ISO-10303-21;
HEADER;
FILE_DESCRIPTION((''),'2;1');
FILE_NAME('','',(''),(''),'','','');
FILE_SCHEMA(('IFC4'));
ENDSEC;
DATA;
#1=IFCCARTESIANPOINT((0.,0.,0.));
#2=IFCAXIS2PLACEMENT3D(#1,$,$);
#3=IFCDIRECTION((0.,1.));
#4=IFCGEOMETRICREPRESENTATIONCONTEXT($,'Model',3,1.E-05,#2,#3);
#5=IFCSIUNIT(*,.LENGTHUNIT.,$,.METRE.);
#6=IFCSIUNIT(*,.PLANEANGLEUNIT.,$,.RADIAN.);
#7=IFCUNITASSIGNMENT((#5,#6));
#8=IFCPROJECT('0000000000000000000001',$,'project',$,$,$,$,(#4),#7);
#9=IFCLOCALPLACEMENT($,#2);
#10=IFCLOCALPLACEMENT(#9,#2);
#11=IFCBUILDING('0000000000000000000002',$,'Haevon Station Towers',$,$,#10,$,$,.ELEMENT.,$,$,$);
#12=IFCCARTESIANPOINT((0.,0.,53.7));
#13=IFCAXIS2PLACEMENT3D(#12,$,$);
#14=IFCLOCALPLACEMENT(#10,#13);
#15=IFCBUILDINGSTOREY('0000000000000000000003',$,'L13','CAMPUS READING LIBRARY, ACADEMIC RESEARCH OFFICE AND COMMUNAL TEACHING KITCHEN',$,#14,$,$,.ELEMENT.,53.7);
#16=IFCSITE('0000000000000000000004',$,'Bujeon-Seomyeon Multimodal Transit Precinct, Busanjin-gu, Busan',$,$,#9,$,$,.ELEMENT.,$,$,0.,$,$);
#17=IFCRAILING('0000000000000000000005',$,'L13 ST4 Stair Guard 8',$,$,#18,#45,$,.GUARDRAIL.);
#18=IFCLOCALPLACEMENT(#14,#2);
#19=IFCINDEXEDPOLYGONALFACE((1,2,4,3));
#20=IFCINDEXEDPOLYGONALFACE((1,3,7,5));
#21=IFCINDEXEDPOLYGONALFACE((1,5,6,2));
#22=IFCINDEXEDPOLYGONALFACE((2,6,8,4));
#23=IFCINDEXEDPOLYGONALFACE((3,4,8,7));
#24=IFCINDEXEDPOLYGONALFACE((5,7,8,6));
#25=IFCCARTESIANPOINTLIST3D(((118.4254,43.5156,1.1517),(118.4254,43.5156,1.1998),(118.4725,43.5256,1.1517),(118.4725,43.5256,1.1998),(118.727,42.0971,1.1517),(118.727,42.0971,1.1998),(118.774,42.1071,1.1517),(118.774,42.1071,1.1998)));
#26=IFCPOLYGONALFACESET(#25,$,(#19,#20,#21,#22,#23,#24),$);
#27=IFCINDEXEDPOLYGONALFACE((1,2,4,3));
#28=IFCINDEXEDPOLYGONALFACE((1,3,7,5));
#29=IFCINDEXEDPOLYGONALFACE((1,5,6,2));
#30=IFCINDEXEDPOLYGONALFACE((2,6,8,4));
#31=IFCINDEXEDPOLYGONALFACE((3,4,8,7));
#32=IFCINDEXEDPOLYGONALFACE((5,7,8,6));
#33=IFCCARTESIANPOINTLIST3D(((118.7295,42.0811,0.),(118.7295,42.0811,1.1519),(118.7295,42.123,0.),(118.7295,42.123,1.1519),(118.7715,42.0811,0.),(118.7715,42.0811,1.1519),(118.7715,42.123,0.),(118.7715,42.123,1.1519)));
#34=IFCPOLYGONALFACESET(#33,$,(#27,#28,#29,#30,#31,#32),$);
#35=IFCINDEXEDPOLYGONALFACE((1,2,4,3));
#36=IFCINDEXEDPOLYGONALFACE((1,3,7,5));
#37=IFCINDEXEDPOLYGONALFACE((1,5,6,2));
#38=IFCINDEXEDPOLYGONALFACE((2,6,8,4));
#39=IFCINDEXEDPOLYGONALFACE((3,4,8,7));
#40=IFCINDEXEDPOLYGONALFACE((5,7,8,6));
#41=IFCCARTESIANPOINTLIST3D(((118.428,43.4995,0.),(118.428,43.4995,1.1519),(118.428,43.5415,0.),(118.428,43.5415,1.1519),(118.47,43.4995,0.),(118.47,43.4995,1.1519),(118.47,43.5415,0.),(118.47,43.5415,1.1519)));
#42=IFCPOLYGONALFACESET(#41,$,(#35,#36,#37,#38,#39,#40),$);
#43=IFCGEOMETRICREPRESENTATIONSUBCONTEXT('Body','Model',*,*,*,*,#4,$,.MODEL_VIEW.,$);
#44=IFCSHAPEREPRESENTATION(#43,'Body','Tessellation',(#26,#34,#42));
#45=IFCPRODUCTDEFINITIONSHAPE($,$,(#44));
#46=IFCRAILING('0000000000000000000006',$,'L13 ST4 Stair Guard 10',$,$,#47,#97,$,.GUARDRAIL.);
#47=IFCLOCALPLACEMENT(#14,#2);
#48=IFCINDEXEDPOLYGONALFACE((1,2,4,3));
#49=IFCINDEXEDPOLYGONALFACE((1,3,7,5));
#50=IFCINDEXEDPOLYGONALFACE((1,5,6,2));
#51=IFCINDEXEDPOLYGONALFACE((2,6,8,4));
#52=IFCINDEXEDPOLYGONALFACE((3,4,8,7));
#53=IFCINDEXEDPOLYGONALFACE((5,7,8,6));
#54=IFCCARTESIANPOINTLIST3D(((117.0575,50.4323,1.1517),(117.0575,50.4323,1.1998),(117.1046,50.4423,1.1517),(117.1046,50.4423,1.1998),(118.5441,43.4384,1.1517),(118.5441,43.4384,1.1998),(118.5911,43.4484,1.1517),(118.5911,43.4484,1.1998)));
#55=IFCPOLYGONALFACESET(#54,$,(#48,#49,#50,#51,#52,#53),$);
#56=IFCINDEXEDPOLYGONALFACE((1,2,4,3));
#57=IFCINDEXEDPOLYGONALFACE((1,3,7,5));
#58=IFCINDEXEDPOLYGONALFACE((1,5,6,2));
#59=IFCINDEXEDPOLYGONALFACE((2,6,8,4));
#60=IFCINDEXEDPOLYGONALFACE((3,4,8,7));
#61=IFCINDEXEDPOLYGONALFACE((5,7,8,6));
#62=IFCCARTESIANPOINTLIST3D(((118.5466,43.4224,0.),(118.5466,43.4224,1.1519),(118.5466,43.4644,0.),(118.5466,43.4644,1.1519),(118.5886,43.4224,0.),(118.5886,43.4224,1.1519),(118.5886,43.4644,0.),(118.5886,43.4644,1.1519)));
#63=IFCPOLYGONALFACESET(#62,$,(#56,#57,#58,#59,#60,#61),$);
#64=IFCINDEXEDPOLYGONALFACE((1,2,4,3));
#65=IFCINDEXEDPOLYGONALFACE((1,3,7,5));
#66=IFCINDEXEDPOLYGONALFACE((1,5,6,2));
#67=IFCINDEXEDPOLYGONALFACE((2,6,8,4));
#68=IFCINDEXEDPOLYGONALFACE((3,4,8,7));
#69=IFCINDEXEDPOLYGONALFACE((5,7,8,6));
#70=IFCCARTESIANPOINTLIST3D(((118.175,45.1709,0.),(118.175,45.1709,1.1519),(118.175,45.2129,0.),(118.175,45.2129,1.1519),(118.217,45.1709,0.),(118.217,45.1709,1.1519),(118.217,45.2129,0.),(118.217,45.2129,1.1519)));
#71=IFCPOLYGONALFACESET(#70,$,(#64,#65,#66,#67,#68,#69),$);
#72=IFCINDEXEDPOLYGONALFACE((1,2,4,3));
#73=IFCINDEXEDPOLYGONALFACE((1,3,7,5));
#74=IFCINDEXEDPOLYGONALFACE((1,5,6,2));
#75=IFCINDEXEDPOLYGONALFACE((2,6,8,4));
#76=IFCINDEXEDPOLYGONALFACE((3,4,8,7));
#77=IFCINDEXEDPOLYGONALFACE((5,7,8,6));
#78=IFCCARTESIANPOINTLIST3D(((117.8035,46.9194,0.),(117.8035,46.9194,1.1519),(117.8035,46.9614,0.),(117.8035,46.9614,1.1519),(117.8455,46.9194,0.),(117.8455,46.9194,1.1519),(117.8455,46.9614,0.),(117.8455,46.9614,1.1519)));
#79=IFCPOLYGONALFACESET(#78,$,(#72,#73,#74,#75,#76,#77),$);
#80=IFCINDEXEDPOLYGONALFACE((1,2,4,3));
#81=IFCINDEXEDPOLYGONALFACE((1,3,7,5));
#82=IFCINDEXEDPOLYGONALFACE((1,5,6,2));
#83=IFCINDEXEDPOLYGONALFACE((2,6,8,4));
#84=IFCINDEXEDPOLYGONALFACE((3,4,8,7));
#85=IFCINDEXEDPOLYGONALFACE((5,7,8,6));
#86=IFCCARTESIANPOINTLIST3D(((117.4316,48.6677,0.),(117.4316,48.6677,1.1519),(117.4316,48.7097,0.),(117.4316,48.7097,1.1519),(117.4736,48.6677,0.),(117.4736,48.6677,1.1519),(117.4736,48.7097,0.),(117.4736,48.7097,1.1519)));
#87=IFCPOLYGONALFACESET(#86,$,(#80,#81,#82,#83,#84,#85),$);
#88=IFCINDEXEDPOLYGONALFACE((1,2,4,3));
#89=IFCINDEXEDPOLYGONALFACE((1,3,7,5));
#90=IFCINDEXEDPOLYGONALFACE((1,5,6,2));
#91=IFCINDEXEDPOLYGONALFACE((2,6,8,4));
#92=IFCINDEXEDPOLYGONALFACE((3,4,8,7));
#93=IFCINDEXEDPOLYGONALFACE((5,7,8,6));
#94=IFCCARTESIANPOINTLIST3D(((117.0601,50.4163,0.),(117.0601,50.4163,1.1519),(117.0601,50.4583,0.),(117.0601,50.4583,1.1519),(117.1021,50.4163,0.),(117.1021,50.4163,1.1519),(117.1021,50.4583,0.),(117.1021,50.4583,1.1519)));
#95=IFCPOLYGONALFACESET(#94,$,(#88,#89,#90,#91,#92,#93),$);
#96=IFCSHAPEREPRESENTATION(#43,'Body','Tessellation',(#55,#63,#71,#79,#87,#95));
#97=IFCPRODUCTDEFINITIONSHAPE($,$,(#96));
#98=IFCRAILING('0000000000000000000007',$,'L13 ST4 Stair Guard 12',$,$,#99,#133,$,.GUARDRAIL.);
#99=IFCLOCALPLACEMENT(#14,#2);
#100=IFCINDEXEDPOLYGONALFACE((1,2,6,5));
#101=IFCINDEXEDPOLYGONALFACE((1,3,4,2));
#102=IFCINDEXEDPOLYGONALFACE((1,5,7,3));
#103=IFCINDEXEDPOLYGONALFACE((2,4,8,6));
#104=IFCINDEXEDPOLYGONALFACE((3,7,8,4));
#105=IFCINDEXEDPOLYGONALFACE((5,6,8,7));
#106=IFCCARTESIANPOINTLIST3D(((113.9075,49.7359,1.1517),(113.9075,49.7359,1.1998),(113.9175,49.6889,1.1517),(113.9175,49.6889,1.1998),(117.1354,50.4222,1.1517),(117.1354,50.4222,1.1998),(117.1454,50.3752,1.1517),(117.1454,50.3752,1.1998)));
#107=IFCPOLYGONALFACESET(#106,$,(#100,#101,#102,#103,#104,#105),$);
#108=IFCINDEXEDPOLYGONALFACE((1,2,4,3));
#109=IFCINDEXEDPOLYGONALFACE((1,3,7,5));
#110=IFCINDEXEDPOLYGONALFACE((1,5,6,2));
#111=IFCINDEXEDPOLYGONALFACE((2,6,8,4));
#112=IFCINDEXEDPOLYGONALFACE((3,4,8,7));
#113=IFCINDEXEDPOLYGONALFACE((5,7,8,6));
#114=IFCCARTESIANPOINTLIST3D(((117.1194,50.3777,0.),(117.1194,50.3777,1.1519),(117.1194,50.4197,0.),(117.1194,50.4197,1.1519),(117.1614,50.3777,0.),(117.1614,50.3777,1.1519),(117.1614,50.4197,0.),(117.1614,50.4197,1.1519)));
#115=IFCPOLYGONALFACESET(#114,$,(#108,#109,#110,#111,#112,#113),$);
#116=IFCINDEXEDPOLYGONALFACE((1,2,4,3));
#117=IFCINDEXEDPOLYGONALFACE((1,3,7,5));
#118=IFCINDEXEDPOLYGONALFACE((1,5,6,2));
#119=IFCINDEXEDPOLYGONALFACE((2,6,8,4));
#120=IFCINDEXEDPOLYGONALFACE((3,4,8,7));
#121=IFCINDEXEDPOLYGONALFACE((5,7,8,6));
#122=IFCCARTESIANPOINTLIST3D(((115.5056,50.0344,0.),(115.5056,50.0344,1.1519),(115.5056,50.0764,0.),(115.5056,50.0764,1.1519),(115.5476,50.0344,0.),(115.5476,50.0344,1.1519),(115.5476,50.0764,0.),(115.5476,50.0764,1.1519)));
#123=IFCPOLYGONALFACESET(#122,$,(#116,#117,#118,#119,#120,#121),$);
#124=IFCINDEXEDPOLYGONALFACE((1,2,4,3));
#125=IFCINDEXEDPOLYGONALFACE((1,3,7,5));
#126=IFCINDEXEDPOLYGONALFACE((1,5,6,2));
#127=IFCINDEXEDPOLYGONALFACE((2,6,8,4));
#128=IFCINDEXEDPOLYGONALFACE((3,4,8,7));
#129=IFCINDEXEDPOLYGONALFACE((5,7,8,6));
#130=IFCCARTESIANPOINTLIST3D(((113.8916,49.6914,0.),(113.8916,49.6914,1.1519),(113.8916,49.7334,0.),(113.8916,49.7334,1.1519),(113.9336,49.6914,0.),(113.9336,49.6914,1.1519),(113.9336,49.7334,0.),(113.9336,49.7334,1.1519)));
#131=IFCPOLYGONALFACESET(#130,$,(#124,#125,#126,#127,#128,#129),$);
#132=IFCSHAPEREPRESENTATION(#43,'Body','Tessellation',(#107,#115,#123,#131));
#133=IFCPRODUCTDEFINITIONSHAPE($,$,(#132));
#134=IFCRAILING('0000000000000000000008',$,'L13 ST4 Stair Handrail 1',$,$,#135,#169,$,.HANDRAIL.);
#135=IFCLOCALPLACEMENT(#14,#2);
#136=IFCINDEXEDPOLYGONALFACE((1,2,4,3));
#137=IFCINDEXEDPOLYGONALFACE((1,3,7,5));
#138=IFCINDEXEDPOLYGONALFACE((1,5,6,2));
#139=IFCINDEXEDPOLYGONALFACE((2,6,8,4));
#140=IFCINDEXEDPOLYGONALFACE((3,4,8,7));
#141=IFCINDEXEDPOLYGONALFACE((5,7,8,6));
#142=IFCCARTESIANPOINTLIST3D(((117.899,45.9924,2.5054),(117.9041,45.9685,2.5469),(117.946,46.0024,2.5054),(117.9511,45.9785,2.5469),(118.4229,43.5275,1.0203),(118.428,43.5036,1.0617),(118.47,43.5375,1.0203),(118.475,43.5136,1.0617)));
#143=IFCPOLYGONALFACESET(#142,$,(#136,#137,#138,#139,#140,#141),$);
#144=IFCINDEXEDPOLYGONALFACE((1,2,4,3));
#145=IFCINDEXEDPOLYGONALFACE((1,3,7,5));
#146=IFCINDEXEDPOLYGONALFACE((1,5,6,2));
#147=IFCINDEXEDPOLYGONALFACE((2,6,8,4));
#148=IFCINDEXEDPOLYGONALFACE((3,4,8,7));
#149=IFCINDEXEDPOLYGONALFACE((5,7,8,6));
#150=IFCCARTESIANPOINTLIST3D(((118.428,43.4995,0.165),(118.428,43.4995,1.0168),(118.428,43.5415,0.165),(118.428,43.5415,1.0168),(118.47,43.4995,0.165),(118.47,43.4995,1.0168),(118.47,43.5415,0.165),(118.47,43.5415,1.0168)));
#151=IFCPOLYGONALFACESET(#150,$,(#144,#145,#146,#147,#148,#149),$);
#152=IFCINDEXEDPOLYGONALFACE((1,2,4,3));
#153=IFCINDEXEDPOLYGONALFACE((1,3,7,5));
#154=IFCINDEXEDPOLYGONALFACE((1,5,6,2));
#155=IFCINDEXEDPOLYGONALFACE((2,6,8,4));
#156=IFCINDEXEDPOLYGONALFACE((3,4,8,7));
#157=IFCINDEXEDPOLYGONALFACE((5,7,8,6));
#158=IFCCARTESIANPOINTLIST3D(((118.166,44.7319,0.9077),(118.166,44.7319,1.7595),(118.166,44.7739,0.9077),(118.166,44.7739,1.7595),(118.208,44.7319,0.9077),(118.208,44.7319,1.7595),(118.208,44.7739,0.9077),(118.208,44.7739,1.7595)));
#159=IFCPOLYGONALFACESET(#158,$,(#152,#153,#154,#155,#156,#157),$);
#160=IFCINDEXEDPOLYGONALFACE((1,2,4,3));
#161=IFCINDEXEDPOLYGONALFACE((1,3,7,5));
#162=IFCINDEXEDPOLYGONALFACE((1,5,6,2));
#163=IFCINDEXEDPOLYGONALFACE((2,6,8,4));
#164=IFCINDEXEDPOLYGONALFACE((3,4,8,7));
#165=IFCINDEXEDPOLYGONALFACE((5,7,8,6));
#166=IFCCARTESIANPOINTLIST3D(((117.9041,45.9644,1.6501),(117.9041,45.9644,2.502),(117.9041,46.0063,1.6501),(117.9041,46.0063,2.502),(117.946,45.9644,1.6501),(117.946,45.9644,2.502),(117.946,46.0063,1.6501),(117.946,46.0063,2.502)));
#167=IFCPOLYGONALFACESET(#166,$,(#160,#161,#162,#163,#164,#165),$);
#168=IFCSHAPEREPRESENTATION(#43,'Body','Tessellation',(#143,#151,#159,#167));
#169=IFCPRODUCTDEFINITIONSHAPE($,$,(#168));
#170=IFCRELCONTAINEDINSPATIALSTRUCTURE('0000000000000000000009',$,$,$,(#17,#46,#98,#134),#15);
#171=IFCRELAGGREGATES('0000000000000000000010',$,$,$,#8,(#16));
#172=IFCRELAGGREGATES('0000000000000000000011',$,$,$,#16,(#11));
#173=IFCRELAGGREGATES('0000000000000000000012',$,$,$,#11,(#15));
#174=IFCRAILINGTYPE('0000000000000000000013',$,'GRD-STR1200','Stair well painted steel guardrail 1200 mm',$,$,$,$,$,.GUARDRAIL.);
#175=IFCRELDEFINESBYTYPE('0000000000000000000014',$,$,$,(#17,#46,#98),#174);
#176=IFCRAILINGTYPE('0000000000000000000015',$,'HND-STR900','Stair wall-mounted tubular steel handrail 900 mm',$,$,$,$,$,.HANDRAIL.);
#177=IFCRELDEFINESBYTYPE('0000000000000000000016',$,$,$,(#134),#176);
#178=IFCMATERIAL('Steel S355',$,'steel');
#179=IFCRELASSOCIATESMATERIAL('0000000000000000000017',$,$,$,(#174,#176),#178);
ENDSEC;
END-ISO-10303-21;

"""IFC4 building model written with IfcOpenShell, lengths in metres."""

from ifc_helpers import new_model, si_unit, direction, frame, origin, origin_2d, place, context, subcontext, project, spatial, rectangle, extrude, material, type_object, element, save


model = new_model("IFC4")

# Units and contexts
model_context = context("Model", 3, precision=1e-05, world=origin(), true_north=direction((0.0, 1.0)))
body_context = subcontext(model_context, "Body", "Model", "MODEL_VIEW")
ifc_project = project(units=[si_unit("LENGTHUNIT", "METRE"), si_unit("PLANEANGLEUNIT", "RADIAN")], contexts=[model_context])

# Site, building, storey
site_placement = place(None, origin())
site = spatial("IfcSite", under=ifc_project, at=site_placement, Name="Bujeon-Seomyeon Multimodal Transit Precinct, Busanjin-gu, Busan", CompositionType="ELEMENT", RefElevation=0.0)
building_placement = place(site_placement, origin())
building = spatial("IfcBuilding", under=site, at=building_placement, Name="Haevon Station Towers", CompositionType="ELEMENT")
storey_placement = place(building_placement, frame((0.0, 0.0, 53.7)))
storey = spatial("IfcBuildingStorey", under=building, at=storey_placement, Name="L13", Description="CAMPUS READING LIBRARY, ACADEMIC RESEARCH OFFICE AND COMMUNAL TEACHING KITCHEN", CompositionType="ELEMENT", Elevation=53.7)

# Shared definitions
ifc_material_1 = material(Name="Steel S355", Category="steel")

# Railings
railing_type_1 = type_object("IfcRailingType", Name="GRD-STR1200", Description="Stair well painted steel guardrail 1200 mm", PredefinedType="GUARDRAIL", material=ifc_material_1)
railing_1_placement = place(storey_placement, frame((118.7505, 42.1021, 0.0)))
element("IfcRailing", 1, at=railing_1_placement, inside=storey, type_object=railing_type_1, Name="L13 ST4 Stair Guard 8", PredefinedType="GUARDRAIL", context=body_context, shape_type="SweptSolid", body=[
    extrude(rectangle(XDim=0.0481, YDim=0.0481, at=origin_2d()), frame((0.0, 0.0, 1.1758), z_axis=(-0.207919, 0.978146, 0.0), x_axis=(-0.978146, -0.207919, 0.0)), (0.0, 0.0, 1.0), 1.4502),
    extrude(rectangle(XDim=0.042, YDim=0.042, at=origin_2d()), origin(), (0.0, 0.0, 1.0), 1.1519),
    extrude(rectangle(XDim=0.042, YDim=0.042, at=origin_2d()), frame((-0.3015, 1.4185, 0.0)), (0.0, 0.0, 1.0), 1.1519),
])
railing_2_placement = place(storey_placement, frame((118.5676, 43.4434, 0.0)))
element("IfcRailing", 2, at=railing_2_placement, inside=storey, type_object=railing_type_1, Name="L13 ST4 Stair Guard 10", PredefinedType="GUARDRAIL", context=body_context, shape_type="SweptSolid", body=[
    extrude(rectangle(XDim=0.0481, YDim=0.0481, at=origin_2d()), frame((0.0, 0.0, 1.1758), z_axis=(-0.207908, 0.978148, 0.0), x_axis=(-0.978148, -0.207908, 0.0)), (0.0, 0.0, 1.0), 7.1501),
    extrude(rectangle(XDim=0.042, YDim=0.042, at=origin_2d()), origin(), (0.0, 0.0, 1.0), 1.1519),
    extrude(rectangle(XDim=0.042, YDim=0.042, at=origin_2d()), frame((-0.3716, 1.7485, 0.0)), (0.0, 0.0, 1.0), 1.1519),
    extrude(rectangle(XDim=0.042, YDim=0.042, at=origin_2d()), frame((-0.7432, 3.4971, 0.0)), (0.0, 0.0, 1.0), 1.1519),
    extrude(rectangle(XDim=0.042, YDim=0.042, at=origin_2d()), frame((-1.115, 5.2454, 0.0)), (0.0, 0.0, 1.0), 1.1519),
    extrude(rectangle(XDim=0.042, YDim=0.042, at=origin_2d()), frame((-1.4866, 6.9939, 0.0)), (0.0, 0.0, 1.0), 1.1519),
])
railing_3_placement = place(storey_placement, frame((117.1404, 50.3987, 0.0)))
element("IfcRailing", 3, at=railing_3_placement, inside=storey, type_object=railing_type_1, Name="L13 ST4 Stair Guard 12", PredefinedType="GUARDRAIL", context=body_context, shape_type="SweptSolid", body=[
    extrude(rectangle(XDim=0.0481, YDim=0.0481, at=origin_2d()), frame((0.0, 0.0, 1.1758), z_axis=(-0.978136, -0.207968, 0.0), x_axis=(0.207968, -0.978136, 0.0)), (0.0, 0.0, 1.0), 3.3),
    extrude(rectangle(XDim=0.042, YDim=0.042, at=origin_2d()), origin(), (0.0, 0.0, 1.0), 1.1519),
    extrude(rectangle(XDim=0.042, YDim=0.042, at=origin_2d()), frame((-1.6138, -0.3433, 0.0)), (0.0, 0.0, 1.0), 1.1519),
    extrude(rectangle(XDim=0.042, YDim=0.042, at=origin_2d()), frame((-3.2278, -0.6863, 0.0)), (0.0, 0.0, 1.0), 1.1519),
])
railing_type_2 = type_object("IfcRailingType", Name="HND-STR900", Description="Stair wall-mounted tubular steel handrail 900 mm", PredefinedType="HANDRAIL", material=ifc_material_1)
railing_4_placement = place(storey_placement, frame((118.449, 43.5205, 0.165)))
element("IfcRailing", 4, at=railing_4_placement, inside=storey, type_object=railing_type_2, Name="L13 ST4 Stair Handrail 1", PredefinedType="HANDRAIL", context=body_context, shape_type="SweptSolid", body=[
    extrude(rectangle(XDim=0.0481, YDim=0.0481, at=origin_2d()), frame((0.0, 0.0, 0.876), z_axis=(-0.179121, 0.842688, 0.507733), x_axis=(-0.978147, -0.207914, 0.0)), (0.0, 0.0, 1.0), 2.925),
    extrude(rectangle(XDim=0.042, YDim=0.042, at=origin_2d()), origin(), (0.0, 0.0, 1.0), 0.8518),
    extrude(rectangle(XDim=0.042, YDim=0.042, at=origin_2d()), frame((-0.262, 1.2324, 0.7427)), (0.0, 0.0, 1.0), 0.8518),
    extrude(rectangle(XDim=0.042, YDim=0.042, at=origin_2d()), frame((-0.5239, 2.4648, 1.4851)), (0.0, 0.0, 1.0), 0.8518),
])

save(model, "model.ifc")
